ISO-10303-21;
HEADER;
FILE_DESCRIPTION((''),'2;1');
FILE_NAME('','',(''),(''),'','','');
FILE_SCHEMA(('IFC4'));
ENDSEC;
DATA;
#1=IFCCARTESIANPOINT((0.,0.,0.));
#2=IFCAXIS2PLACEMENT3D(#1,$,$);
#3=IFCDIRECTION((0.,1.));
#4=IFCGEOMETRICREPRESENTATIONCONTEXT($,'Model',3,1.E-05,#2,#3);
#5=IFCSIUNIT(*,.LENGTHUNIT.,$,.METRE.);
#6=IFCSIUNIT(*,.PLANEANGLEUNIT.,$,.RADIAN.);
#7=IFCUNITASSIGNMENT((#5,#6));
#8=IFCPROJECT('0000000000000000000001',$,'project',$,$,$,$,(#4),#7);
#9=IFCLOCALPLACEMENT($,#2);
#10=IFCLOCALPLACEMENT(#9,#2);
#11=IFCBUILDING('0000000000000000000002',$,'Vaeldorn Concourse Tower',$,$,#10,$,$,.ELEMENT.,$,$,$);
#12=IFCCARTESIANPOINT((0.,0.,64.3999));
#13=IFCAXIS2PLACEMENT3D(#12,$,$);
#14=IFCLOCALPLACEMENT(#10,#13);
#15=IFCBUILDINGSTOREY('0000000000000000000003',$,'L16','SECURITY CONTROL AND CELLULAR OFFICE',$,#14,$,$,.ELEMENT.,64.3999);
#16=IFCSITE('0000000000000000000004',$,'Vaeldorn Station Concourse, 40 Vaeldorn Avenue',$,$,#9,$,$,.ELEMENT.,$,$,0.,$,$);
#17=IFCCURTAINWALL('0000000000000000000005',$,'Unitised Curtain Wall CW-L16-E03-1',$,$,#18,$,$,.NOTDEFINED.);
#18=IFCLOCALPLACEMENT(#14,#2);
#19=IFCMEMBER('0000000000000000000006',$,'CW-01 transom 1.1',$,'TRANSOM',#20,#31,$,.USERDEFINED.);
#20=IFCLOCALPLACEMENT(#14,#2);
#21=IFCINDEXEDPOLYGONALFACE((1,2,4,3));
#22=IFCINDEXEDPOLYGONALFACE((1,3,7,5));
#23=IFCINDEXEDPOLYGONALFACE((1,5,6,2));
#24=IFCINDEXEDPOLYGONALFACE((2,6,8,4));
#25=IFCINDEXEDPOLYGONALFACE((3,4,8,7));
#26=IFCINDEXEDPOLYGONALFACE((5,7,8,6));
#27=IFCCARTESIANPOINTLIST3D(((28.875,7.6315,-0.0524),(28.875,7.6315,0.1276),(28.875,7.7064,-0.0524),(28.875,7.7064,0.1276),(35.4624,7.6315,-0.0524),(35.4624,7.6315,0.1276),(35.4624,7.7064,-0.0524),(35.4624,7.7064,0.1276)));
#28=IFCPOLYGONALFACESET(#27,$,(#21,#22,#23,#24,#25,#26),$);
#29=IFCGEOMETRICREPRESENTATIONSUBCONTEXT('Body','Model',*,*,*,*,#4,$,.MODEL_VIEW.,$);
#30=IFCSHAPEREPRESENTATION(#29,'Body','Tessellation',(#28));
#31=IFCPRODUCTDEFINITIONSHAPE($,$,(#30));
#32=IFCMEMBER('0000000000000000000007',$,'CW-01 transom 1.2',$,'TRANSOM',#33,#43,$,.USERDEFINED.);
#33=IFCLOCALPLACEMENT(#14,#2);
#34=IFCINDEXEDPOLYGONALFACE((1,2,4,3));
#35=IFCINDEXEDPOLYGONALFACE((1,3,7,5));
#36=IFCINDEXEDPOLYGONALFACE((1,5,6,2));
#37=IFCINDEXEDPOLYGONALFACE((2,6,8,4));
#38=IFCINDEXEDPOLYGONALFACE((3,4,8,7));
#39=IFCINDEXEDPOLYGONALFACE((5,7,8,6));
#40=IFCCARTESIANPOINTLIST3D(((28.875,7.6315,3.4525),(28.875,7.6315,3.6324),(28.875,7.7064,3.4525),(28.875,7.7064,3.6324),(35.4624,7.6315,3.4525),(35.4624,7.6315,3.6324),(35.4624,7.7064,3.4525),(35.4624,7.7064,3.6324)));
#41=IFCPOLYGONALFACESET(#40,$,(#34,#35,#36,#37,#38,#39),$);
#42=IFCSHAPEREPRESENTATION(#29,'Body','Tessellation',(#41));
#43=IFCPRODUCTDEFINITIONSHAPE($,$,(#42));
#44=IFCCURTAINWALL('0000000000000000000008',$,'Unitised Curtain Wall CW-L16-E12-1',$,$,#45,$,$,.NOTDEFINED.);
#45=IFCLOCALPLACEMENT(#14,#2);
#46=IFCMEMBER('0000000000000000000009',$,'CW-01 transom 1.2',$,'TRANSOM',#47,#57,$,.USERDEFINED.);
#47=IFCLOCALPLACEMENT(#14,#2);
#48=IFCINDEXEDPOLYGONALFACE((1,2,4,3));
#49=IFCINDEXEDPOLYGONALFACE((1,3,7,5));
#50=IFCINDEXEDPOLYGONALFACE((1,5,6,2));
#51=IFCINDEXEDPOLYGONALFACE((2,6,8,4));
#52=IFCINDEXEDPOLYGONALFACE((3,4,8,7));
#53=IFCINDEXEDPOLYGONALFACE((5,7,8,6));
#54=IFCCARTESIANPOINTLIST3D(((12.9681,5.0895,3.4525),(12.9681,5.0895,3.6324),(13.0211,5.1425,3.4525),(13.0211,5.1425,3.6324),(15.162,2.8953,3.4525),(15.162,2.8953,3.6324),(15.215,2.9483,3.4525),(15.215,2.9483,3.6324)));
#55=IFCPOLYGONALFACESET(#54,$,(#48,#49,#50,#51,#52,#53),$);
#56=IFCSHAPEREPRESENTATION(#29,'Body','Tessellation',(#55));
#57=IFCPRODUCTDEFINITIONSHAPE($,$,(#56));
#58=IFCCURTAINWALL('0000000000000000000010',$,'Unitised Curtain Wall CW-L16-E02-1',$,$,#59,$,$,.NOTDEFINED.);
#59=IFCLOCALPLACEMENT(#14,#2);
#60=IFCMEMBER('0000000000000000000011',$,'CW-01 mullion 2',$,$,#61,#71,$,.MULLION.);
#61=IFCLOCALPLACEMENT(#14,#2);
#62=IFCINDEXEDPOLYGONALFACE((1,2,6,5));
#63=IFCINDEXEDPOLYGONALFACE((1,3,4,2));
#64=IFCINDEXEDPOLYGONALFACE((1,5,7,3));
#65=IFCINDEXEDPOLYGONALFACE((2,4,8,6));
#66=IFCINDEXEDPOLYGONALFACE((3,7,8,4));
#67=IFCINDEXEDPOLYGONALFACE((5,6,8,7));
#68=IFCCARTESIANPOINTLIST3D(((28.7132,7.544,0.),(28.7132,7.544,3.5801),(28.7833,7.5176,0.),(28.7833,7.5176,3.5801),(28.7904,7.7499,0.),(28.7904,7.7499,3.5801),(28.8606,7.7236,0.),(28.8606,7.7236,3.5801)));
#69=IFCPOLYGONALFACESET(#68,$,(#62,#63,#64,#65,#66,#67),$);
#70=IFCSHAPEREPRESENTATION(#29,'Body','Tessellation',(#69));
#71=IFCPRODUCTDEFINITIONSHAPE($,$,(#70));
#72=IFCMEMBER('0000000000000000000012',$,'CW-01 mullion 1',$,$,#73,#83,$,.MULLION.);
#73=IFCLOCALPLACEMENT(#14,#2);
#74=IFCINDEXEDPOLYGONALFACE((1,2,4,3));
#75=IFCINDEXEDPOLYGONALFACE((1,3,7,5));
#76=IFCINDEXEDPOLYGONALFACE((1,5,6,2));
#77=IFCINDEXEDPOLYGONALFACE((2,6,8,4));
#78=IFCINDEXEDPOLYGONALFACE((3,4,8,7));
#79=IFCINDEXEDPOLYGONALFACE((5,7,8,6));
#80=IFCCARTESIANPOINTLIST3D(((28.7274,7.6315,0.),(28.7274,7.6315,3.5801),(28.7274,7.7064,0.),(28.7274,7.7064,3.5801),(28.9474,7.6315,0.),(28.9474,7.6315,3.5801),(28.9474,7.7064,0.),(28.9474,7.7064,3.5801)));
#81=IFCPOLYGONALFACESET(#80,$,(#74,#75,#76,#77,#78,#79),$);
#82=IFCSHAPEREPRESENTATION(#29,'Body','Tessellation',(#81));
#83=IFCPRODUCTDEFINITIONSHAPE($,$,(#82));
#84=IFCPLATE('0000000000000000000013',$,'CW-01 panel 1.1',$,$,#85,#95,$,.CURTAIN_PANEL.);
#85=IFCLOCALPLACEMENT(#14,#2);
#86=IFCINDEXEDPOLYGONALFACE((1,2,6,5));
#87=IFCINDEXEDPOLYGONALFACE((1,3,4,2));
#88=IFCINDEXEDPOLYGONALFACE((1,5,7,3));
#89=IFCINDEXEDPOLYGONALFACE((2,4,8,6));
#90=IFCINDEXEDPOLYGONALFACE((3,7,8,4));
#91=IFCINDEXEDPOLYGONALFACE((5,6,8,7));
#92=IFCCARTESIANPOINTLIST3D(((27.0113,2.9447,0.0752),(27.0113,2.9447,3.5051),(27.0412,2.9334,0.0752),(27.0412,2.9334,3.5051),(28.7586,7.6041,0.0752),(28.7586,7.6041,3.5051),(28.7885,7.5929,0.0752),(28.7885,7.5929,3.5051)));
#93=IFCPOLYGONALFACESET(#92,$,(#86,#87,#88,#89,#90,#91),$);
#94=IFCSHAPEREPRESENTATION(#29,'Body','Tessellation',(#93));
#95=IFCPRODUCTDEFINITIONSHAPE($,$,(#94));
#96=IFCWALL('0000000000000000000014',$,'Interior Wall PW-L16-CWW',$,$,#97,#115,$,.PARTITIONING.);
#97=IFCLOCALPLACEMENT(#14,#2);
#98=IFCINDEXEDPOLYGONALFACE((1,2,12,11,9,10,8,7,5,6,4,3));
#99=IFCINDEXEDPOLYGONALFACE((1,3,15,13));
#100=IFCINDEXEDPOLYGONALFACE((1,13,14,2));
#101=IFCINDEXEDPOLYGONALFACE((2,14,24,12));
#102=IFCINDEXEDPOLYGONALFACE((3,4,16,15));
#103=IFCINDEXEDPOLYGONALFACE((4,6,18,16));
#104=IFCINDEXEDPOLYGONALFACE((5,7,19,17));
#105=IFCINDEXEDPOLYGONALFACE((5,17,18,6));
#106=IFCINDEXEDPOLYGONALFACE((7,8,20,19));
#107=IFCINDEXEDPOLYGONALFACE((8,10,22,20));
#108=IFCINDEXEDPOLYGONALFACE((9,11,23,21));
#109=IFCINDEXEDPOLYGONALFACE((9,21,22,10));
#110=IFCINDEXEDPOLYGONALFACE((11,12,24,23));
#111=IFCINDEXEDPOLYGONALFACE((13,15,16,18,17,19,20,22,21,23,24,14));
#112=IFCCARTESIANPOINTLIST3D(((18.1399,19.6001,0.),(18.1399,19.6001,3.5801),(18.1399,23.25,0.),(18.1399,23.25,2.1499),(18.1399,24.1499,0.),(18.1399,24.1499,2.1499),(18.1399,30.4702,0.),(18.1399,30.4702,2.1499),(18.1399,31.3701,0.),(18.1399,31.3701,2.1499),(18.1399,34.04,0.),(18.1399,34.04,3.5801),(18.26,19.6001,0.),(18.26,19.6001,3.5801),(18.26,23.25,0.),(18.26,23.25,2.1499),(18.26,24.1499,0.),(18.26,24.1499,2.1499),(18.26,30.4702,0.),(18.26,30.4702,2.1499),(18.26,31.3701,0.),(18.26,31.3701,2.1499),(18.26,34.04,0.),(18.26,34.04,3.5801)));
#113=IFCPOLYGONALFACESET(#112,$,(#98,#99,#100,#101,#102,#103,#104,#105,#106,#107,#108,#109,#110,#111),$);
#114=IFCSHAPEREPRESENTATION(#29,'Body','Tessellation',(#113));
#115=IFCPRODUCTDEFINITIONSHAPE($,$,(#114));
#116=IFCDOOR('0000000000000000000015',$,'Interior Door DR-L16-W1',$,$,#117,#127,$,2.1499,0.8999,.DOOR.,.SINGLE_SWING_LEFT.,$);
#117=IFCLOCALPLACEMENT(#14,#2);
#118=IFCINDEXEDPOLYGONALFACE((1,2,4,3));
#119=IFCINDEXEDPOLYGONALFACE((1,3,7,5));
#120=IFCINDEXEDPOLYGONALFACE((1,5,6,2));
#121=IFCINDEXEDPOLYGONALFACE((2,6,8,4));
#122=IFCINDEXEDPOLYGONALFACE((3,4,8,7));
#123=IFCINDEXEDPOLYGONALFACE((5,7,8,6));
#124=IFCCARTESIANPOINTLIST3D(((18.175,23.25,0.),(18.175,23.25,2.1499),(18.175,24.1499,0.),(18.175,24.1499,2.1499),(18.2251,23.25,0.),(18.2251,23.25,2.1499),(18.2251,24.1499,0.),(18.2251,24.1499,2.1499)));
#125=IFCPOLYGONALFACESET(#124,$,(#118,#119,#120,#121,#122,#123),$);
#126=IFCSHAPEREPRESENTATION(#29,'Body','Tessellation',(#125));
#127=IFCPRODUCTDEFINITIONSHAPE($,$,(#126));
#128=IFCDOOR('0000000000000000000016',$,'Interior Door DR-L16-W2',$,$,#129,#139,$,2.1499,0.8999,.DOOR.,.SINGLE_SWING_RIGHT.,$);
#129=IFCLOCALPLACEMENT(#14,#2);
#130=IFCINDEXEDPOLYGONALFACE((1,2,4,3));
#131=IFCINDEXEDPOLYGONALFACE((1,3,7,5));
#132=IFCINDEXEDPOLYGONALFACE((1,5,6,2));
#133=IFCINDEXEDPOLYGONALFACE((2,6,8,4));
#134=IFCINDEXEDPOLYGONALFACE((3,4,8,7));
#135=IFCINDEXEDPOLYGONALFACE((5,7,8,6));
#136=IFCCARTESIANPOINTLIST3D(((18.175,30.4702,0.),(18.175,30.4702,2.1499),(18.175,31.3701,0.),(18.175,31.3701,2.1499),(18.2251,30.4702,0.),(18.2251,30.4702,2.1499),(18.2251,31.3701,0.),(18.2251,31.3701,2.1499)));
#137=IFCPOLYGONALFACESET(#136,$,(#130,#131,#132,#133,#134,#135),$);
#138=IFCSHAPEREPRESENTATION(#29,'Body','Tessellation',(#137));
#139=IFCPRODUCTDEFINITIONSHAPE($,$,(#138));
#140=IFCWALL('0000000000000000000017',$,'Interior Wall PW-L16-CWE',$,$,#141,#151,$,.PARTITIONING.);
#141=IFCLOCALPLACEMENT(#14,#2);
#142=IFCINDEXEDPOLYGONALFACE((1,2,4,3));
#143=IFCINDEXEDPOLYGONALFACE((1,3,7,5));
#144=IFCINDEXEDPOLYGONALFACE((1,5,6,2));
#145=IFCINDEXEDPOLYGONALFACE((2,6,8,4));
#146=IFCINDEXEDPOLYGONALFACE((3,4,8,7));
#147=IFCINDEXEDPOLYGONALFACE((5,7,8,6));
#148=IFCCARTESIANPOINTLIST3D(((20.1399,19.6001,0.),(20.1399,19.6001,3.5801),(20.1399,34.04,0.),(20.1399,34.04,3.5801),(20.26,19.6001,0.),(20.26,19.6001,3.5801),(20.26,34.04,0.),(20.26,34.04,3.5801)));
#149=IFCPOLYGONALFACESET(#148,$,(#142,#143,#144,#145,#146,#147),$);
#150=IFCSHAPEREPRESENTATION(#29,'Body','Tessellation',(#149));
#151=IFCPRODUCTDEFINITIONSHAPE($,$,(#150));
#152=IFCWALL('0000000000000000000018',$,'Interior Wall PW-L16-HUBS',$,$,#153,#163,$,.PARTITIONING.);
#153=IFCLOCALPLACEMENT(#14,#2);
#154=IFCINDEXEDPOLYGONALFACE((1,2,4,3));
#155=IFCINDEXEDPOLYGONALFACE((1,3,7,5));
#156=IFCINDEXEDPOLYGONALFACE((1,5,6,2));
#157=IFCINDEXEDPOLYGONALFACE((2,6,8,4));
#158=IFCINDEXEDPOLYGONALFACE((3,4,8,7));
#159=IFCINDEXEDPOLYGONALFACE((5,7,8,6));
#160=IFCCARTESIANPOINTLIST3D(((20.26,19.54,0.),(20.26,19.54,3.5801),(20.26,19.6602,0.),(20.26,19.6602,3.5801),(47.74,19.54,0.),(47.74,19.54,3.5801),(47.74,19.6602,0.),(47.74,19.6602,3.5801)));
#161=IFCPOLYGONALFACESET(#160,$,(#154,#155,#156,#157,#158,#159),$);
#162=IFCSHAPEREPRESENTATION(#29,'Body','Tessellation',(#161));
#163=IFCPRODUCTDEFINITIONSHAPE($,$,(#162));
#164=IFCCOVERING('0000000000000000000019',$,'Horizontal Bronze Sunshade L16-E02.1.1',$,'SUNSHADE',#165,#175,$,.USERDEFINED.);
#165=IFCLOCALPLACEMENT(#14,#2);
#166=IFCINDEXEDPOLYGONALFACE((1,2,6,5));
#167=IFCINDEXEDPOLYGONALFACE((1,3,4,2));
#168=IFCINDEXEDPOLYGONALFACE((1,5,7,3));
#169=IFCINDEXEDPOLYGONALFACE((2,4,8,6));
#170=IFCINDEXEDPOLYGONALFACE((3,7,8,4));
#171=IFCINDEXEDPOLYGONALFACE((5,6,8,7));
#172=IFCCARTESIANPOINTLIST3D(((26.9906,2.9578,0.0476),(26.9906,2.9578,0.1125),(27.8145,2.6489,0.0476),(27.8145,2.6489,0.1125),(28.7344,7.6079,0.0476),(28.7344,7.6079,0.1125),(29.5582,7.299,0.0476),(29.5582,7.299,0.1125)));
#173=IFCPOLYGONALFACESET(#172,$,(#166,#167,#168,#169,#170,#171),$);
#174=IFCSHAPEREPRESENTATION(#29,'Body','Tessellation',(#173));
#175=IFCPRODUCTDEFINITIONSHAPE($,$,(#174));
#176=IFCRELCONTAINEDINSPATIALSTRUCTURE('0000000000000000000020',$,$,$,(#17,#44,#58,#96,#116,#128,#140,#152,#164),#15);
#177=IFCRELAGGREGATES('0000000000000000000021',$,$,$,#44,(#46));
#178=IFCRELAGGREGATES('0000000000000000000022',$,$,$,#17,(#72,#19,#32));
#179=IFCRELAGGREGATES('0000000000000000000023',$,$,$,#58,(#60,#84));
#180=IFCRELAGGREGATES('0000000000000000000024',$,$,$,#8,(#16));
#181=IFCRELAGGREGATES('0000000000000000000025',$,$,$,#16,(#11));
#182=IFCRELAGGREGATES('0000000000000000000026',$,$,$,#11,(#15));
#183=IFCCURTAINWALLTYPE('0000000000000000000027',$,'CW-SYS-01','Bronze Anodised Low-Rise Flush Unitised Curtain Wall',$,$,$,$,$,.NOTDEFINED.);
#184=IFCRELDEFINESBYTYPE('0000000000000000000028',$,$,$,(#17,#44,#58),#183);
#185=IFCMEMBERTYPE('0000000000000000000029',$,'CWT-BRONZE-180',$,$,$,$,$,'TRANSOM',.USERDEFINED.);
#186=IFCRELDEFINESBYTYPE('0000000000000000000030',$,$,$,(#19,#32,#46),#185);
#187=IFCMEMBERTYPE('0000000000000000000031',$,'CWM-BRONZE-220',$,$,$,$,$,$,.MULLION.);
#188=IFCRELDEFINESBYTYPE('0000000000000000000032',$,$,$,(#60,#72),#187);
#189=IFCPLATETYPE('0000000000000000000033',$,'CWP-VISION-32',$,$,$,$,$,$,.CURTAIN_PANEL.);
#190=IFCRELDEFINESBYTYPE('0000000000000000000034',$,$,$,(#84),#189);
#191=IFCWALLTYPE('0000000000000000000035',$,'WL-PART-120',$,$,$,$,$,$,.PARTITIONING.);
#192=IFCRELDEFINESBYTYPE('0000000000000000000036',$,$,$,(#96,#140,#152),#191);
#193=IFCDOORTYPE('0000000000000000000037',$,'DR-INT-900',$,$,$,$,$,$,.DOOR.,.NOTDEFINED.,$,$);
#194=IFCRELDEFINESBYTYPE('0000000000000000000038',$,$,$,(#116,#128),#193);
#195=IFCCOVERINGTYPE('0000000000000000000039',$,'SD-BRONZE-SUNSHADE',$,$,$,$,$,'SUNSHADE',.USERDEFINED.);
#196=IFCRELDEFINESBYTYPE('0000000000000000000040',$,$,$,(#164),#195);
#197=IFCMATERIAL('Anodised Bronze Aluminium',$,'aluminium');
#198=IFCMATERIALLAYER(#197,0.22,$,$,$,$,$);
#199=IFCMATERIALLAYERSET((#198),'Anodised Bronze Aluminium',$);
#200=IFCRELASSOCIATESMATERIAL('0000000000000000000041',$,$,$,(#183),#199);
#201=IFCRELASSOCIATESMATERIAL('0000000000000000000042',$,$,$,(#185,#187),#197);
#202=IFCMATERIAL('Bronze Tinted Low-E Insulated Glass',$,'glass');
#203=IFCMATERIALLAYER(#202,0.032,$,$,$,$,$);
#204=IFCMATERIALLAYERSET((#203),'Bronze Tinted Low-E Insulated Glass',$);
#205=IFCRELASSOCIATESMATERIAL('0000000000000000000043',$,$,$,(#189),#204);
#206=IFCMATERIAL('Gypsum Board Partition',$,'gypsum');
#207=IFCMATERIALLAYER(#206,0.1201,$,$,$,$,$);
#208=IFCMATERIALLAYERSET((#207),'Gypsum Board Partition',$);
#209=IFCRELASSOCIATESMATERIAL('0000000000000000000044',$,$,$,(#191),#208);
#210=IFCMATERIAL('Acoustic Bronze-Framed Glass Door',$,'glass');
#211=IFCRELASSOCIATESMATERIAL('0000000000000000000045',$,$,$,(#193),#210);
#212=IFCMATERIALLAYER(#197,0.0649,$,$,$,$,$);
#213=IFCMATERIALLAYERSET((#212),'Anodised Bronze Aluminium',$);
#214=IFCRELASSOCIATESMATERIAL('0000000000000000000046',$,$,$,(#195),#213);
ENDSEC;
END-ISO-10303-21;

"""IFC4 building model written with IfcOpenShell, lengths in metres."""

from ifc_helpers import new_model, si_unit, direction, frame, frame_2d, origin, origin_2d, place, context, subcontext, project, spatial, rectangle, extrude, source, transform, mapped, material, layer, layer_set, material_profile, profile_set, type_object, element, fill, aggregate, save


model = new_model("IFC4")

# Units and contexts
model_context = context("Model", 3, precision=1e-05, world=origin(), true_north=direction((0.0, 1.0)))
body_context = subcontext(model_context, "Body", "Model", "MODEL_VIEW")
ifc_project = project(units=[si_unit("LENGTHUNIT", "METRE"), si_unit("PLANEANGLEUNIT", "RADIAN")], contexts=[model_context])

# Site, building, storey
site_placement = place(None, origin())
site = spatial("IfcSite", under=ifc_project, at=site_placement, Name="Vaeldorn Station Concourse, 40 Vaeldorn Avenue", CompositionType="ELEMENT", RefElevation=0.0)
building_placement = place(site_placement, origin())
building = spatial("IfcBuilding", under=site, at=building_placement, Name="Vaeldorn Concourse Tower", CompositionType="ELEMENT")
storey_placement = place(building_placement, frame((0.0, 0.0, 64.3999)))
storey = spatial("IfcBuildingStorey", under=building, at=storey_placement, Name="L16", Description="SECURITY CONTROL AND CELLULAR OFFICE", CompositionType="ELEMENT", Elevation=64.3999)

# Curtain wall, members
ifc_material_1 = material(Name="Anodised Bronze Aluminium", Category="aluminium")
ifc_layer_1 = layer(ifc_material_1, 0.22)
ifc_layer_set_1 = layer_set([ifc_layer_1], Name="Anodised Bronze Aluminium")
curtain_wall_type = type_object("IfcCurtainWallType", Name="CW-SYS-01", Description="Bronze Anodised Low-Rise Flush Unitised Curtain Wall", PredefinedType="NOTDEFINED", material=ifc_layer_set_1)
curtain_wall_1_placement = place(storey_placement, origin())
curtain_wall_1 = element("IfcCurtainWall", 1, at=curtain_wall_1_placement, inside=storey, type_object=curtain_wall_type, Name="Unitised Curtain Wall CW-L16-E03-1", PredefinedType="NOTDEFINED")
ifc_material_profile_1 = material_profile(ifc_material_1, rectangle(XDim=0.075, YDim=0.1799, at=origin_2d()), Name="CWT 75x180")
ifc_profile_set_1 = profile_set([ifc_material_profile_1], Name="Anodised Bronze Aluminium")
member_type_1 = type_object("IfcMemberType", Name="CWT-BRONZE-180", ElementType="TRANSOM", PredefinedType="USERDEFINED", material=ifc_profile_set_1)
shared_shape_1 = source(origin(), body_context, "Body", "SweptSolid", [
    extrude(rectangle(XDim=0.075, YDim=0.1799, at=origin_2d()), origin(), (0.0, 0.0, 1.0), 6.5874),
])
member_1_placement = place(storey_placement, frame((28.875, 7.6689, 0.0376), z_axis=(1.0, 0.0, 0.0), x_axis=(0.0, 1.0, 0.0)))
member_1 = element("IfcMember", 2, at=member_1_placement, type_object=member_type_1, Name="CW-01 transom 1.1", ObjectType="TRANSOM", PredefinedType="USERDEFINED", context=body_context, shape_type="MappedRepresentation", body=[
    mapped(shared_shape_1, transform((0.0, 0.0, 0.0), scale=1.0)),
])
member_2_placement = place(storey_placement, frame((28.875, 7.6689, 3.5425), z_axis=(1.0, 0.0, 0.0), x_axis=(0.0, 1.0, 0.0)))
member_2 = element("IfcMember", 3, at=member_2_placement, type_object=member_type_1, Name="CW-01 transom 1.2", ObjectType="TRANSOM", PredefinedType="USERDEFINED", context=body_context, shape_type="MappedRepresentation", body=[
    mapped(shared_shape_1, transform((0.0, 0.0, 0.0), scale=1.0)),
])

# Curtain walls, members
curtain_wall_2_placement = place(storey_placement, origin())
curtain_wall_2 = element("IfcCurtainWall", 4, at=curtain_wall_2_placement, inside=storey, type_object=curtain_wall_type, Name="Unitised Curtain Wall CW-L16-E12-1", PredefinedType="NOTDEFINED")
shared_shape_2 = source(origin(), body_context, "Body", "SweptSolid", [
    extrude(rectangle(XDim=0.075, YDim=0.1799, at=origin_2d()), origin(), (0.0, 0.0, 1.0), 3.1028),
])
member_3_placement = place(storey_placement, frame((12.9946, 5.116, 3.5425), z_axis=(0.707067, -0.707146, 0.0), x_axis=(0.707146, 0.707067, 0.0)))
member_3 = element("IfcMember", 5, at=member_3_placement, type_object=member_type_1, Name="CW-01 transom 1.2", ObjectType="TRANSOM", PredefinedType="USERDEFINED", context=body_context, shape_type="MappedRepresentation", body=[
    mapped(shared_shape_2, transform((0.0, 0.0, 0.0), scale=1.0)),
])
aggregate(curtain_wall_2, [member_3])
curtain_wall_3_placement = place(storey_placement, origin())
curtain_wall_3 = element("IfcCurtainWall", 6, at=curtain_wall_3_placement, inside=storey, type_object=curtain_wall_type, Name="Unitised Curtain Wall CW-L16-E02-1", PredefinedType="NOTDEFINED")
ifc_material_profile_2 = material_profile(ifc_material_1, rectangle(XDim=0.075, YDim=0.22, at=origin_2d()), Name="CWM 75x220")
ifc_profile_set_2 = profile_set([ifc_material_profile_2], Name="Anodised Bronze Aluminium")
member_type_2 = type_object("IfcMemberType", Name="CWM-BRONZE-220", PredefinedType="MULLION", material=ifc_profile_set_2)
shared_shape_3 = source(origin(), body_context, "Body", "SweptSolid", [
    extrude(rectangle(XDim=0.075, YDim=0.22, at=origin_2d()), origin(), (0.0, 0.0, 1.0), 3.5801),
])
member_4_placement = place(storey_placement, frame((28.7869, 7.6338, 0.0), z_axis=(0.0, 0.0, 1.0), x_axis=(-0.936329, 0.351123, 0.0)))
member_4 = element("IfcMember", 7, at=member_4_placement, type_object=member_type_2, Name="CW-01 mullion 2", PredefinedType="MULLION", context=body_context, shape_type="MappedRepresentation", body=[
    mapped(shared_shape_3, transform((0.0, 0.0, 0.0), scale=1.0)),
])

# Member
member_5_placement = place(storey_placement, frame((28.8374, 7.6689, 0.0), z_axis=(0.0, 0.0, 1.0), x_axis=(0.0, 1.0, 0.0)))
member_5 = element("IfcMember", 8, at=member_5_placement, type_object=member_type_2, Name="CW-01 mullion 1", PredefinedType="MULLION", context=body_context, shape_type="MappedRepresentation", body=[
    mapped(shared_shape_3, transform((0.0, 0.0, 0.0), scale=1.0)),
])
aggregate(curtain_wall_1, [member_5, member_1, member_2])

# Plate
ifc_material_2 = material(Name="Bronze Tinted Low-E Insulated Glass", Category="glass")
ifc_layer_2 = layer(ifc_material_2, 0.032)
ifc_layer_set_2 = layer_set([ifc_layer_2], Name="Bronze Tinted Low-E Insulated Glass")
plate_type = type_object("IfcPlateType", Name="CWP-VISION-32", PredefinedType="CURTAIN_PANEL", material=ifc_layer_set_2)
shared_shape_4 = source(origin(), body_context, "Body", "SweptSolid", [
    extrude(rectangle(XDim=4.9763, YDim=0.032, at=origin_2d()), origin(), (0.0, 0.0, 1.0), 3.4299),
])
plate_placement = place(storey_placement, frame((27.8999, 5.2688, 0.0752), z_axis=(0.0, 0.0, 1.0), x_axis=(0.351123, 0.936329, 0.0)))
plate = element("IfcPlate", 9, at=plate_placement, type_object=plate_type, Name="CW-01 panel 1.1", PredefinedType="CURTAIN_PANEL", context=body_context, shape_type="MappedRepresentation", body=[
    mapped(shared_shape_4, transform((0.0, 0.0, 0.0), scale=1.0)),
])
aggregate(curtain_wall_3, [member_4, plate])

# Wall, openings, doors
ifc_material_3 = material(Name="Gypsum Board Partition", Category="gypsum")
ifc_layer_3 = layer(ifc_material_3, 0.1201)
ifc_layer_set_3 = layer_set([ifc_layer_3], Name="Gypsum Board Partition")
wall_type = type_object("IfcWallType", Name="WL-PART-120", PredefinedType="PARTITIONING", material=ifc_layer_set_3)
wall_1_placement = place(storey_placement, frame((18.2, 19.6001, 0.0), z_axis=(0.0, 0.0, 1.0), x_axis=(0.0, 1.0, 0.0)))
wall_1 = element("IfcWall", 10, at=wall_1_placement, inside=storey, type_object=wall_type, Name="Interior Wall PW-L16-CWW", PredefinedType="PARTITIONING", context=body_context, shape_type="SweptSolid", body=[
    extrude(rectangle(XDim=14.4399, YDim=0.1201, at=frame_2d((7.22, 0.0))), origin(), (0.0, 0.0, 1.0), 3.5801),
])
opening_1_placement = place(wall_1_placement, frame((3.6499, 0.0, 0.0)))
opening_1 = element("IfcOpeningElement", 11, at=opening_1_placement, cuts=wall_1, PredefinedType="OPENING", context=body_context, shape_type="SweptSolid", body=[
    extrude(rectangle(XDim=0.8999, YDim=2.1499, at=frame_2d((0.45, 1.075))), frame((0.0, 0.0701, 0.0), z_axis=(0.0, -1.0, 0.0), x_axis=(1.0, 0.0, 0.0)), (0.0, 0.0, 1.0), 0.1401),
])
opening_2_placement = place(wall_1_placement, frame((10.8701, 0.0, 0.0)))
opening_2 = element("IfcOpeningElement", 12, at=opening_2_placement, cuts=wall_1, PredefinedType="OPENING", context=body_context, shape_type="SweptSolid", body=[
    extrude(rectangle(XDim=0.8999, YDim=2.1499, at=frame_2d((0.45, 1.075))), frame((0.0, 0.0701, 0.0), z_axis=(0.0, -1.0, 0.0), x_axis=(1.0, 0.0, 0.0)), (0.0, 0.0, 1.0), 0.1401),
])
ifc_material_4 = material(Name="Acoustic Bronze-Framed Glass Door", Category="glass")
door_type = type_object("IfcDoorType", Name="DR-INT-900", OperationType="NOTDEFINED", PredefinedType="DOOR", material=ifc_material_4)
shared_shape_5 = source(origin(), body_context, "Body", "SweptSolid", [
    extrude(rectangle(XDim=0.8999, YDim=2.1499, at=frame_2d((0.45, 1.075))), frame((0.0, 0.0249, 0.0), z_axis=(0.0, -1.0, 0.0), x_axis=(1.0, 0.0, 0.0)), (0.0, 0.0, 1.0), 0.05),
])
door_1_placement = place(opening_1_placement, origin())
door_1 = element("IfcDoor", 13, at=door_1_placement, inside=storey, type_object=door_type, Name="Interior Door DR-L16-W1", OperationType="SINGLE_SWING_LEFT", OverallHeight=2.1499, OverallWidth=0.8999, PredefinedType="DOOR", context=body_context, shape_type="MappedRepresentation", body=[
    mapped(shared_shape_5, transform((0.0, 0.0, 0.0), scale=1.0)),
])
fill(opening_1, door_1)
door_2_placement = place(opening_2_placement, origin())
door_2 = element("IfcDoor", 14, at=door_2_placement, inside=storey, type_object=door_type, Name="Interior Door DR-L16-W2", OperationType="SINGLE_SWING_RIGHT", OverallHeight=2.1499, OverallWidth=0.8999, PredefinedType="DOOR", context=body_context, shape_type="MappedRepresentation", body=[
    mapped(shared_shape_5, transform((0.0, 0.0, 0.0), scale=1.0)),
])
fill(opening_2, door_2)

# Wall
wall_2_placement = place(storey_placement, frame((20.2, 19.6001, 0.0), z_axis=(0.0, 0.0, 1.0), x_axis=(0.0, 1.0, 0.0)))
element("IfcWall", 15, at=wall_2_placement, inside=storey, type_object=wall_type, Name="Interior Wall PW-L16-CWE", PredefinedType="PARTITIONING", context=body_context, shape_type="SweptSolid", body=[
    extrude(rectangle(XDim=14.4399, YDim=0.1201, at=frame_2d((7.22, 0.0))), origin(), (0.0, 0.0, 1.0), 3.5801),
])

# Wall
wall_3_placement = place(storey_placement, frame((20.26, 19.6001, 0.0), z_axis=(0.0, 0.0, 1.0), x_axis=(1.0, 0.0, 0.0)))
element("IfcWall", 16, at=wall_3_placement, inside=storey, type_object=wall_type, Name="Interior Wall PW-L16-HUBS", PredefinedType="PARTITIONING", context=body_context, shape_type="SweptSolid", body=[
    extrude(rectangle(XDim=27.48, YDim=0.1201, at=frame_2d((13.74, 0.0))), origin(), (0.0, 0.0, 1.0), 3.5801),
])

# Covering
ifc_layer_4 = layer(ifc_material_1, 0.0649)
ifc_layer_set_4 = layer_set([ifc_layer_4], Name="Anodised Bronze Aluminium")
covering_type = type_object("IfcCoveringType", Name="SD-BRONZE-SUNSHADE", ElementType="SUNSHADE", PredefinedType="USERDEFINED", material=ifc_layer_set_4)
shared_shape_6 = source(origin(), body_context, "Body", "SweptSolid", [
    extrude(rectangle(XDim=4.9663, YDim=0.8799, at=origin_2d()), origin(), (0.0, 0.0, 1.0), 0.0649),
])
for number, where, z_axis, x_axis, name in (
    (17, (28.2744, 5.1284, 0.0476), (0.0, 0.0, 1.0), (0.351123, 0.936329, 0.0), "Horizontal Bronze Sunshade L16-E02.1.1"),
):
    element("IfcCovering", number, at=place(storey_placement, frame(where, z_axis=z_axis, x_axis=x_axis)), inside=storey, type_object=covering_type, Name=name, ObjectType="SUNSHADE", PredefinedType="USERDEFINED", context=body_context, shape_type="MappedRepresentation", body=[
        mapped(shared_shape_6, transform((0.0, 0.0, 0.0), scale=1.0)),
    ])

save(model, "model.ifc")
